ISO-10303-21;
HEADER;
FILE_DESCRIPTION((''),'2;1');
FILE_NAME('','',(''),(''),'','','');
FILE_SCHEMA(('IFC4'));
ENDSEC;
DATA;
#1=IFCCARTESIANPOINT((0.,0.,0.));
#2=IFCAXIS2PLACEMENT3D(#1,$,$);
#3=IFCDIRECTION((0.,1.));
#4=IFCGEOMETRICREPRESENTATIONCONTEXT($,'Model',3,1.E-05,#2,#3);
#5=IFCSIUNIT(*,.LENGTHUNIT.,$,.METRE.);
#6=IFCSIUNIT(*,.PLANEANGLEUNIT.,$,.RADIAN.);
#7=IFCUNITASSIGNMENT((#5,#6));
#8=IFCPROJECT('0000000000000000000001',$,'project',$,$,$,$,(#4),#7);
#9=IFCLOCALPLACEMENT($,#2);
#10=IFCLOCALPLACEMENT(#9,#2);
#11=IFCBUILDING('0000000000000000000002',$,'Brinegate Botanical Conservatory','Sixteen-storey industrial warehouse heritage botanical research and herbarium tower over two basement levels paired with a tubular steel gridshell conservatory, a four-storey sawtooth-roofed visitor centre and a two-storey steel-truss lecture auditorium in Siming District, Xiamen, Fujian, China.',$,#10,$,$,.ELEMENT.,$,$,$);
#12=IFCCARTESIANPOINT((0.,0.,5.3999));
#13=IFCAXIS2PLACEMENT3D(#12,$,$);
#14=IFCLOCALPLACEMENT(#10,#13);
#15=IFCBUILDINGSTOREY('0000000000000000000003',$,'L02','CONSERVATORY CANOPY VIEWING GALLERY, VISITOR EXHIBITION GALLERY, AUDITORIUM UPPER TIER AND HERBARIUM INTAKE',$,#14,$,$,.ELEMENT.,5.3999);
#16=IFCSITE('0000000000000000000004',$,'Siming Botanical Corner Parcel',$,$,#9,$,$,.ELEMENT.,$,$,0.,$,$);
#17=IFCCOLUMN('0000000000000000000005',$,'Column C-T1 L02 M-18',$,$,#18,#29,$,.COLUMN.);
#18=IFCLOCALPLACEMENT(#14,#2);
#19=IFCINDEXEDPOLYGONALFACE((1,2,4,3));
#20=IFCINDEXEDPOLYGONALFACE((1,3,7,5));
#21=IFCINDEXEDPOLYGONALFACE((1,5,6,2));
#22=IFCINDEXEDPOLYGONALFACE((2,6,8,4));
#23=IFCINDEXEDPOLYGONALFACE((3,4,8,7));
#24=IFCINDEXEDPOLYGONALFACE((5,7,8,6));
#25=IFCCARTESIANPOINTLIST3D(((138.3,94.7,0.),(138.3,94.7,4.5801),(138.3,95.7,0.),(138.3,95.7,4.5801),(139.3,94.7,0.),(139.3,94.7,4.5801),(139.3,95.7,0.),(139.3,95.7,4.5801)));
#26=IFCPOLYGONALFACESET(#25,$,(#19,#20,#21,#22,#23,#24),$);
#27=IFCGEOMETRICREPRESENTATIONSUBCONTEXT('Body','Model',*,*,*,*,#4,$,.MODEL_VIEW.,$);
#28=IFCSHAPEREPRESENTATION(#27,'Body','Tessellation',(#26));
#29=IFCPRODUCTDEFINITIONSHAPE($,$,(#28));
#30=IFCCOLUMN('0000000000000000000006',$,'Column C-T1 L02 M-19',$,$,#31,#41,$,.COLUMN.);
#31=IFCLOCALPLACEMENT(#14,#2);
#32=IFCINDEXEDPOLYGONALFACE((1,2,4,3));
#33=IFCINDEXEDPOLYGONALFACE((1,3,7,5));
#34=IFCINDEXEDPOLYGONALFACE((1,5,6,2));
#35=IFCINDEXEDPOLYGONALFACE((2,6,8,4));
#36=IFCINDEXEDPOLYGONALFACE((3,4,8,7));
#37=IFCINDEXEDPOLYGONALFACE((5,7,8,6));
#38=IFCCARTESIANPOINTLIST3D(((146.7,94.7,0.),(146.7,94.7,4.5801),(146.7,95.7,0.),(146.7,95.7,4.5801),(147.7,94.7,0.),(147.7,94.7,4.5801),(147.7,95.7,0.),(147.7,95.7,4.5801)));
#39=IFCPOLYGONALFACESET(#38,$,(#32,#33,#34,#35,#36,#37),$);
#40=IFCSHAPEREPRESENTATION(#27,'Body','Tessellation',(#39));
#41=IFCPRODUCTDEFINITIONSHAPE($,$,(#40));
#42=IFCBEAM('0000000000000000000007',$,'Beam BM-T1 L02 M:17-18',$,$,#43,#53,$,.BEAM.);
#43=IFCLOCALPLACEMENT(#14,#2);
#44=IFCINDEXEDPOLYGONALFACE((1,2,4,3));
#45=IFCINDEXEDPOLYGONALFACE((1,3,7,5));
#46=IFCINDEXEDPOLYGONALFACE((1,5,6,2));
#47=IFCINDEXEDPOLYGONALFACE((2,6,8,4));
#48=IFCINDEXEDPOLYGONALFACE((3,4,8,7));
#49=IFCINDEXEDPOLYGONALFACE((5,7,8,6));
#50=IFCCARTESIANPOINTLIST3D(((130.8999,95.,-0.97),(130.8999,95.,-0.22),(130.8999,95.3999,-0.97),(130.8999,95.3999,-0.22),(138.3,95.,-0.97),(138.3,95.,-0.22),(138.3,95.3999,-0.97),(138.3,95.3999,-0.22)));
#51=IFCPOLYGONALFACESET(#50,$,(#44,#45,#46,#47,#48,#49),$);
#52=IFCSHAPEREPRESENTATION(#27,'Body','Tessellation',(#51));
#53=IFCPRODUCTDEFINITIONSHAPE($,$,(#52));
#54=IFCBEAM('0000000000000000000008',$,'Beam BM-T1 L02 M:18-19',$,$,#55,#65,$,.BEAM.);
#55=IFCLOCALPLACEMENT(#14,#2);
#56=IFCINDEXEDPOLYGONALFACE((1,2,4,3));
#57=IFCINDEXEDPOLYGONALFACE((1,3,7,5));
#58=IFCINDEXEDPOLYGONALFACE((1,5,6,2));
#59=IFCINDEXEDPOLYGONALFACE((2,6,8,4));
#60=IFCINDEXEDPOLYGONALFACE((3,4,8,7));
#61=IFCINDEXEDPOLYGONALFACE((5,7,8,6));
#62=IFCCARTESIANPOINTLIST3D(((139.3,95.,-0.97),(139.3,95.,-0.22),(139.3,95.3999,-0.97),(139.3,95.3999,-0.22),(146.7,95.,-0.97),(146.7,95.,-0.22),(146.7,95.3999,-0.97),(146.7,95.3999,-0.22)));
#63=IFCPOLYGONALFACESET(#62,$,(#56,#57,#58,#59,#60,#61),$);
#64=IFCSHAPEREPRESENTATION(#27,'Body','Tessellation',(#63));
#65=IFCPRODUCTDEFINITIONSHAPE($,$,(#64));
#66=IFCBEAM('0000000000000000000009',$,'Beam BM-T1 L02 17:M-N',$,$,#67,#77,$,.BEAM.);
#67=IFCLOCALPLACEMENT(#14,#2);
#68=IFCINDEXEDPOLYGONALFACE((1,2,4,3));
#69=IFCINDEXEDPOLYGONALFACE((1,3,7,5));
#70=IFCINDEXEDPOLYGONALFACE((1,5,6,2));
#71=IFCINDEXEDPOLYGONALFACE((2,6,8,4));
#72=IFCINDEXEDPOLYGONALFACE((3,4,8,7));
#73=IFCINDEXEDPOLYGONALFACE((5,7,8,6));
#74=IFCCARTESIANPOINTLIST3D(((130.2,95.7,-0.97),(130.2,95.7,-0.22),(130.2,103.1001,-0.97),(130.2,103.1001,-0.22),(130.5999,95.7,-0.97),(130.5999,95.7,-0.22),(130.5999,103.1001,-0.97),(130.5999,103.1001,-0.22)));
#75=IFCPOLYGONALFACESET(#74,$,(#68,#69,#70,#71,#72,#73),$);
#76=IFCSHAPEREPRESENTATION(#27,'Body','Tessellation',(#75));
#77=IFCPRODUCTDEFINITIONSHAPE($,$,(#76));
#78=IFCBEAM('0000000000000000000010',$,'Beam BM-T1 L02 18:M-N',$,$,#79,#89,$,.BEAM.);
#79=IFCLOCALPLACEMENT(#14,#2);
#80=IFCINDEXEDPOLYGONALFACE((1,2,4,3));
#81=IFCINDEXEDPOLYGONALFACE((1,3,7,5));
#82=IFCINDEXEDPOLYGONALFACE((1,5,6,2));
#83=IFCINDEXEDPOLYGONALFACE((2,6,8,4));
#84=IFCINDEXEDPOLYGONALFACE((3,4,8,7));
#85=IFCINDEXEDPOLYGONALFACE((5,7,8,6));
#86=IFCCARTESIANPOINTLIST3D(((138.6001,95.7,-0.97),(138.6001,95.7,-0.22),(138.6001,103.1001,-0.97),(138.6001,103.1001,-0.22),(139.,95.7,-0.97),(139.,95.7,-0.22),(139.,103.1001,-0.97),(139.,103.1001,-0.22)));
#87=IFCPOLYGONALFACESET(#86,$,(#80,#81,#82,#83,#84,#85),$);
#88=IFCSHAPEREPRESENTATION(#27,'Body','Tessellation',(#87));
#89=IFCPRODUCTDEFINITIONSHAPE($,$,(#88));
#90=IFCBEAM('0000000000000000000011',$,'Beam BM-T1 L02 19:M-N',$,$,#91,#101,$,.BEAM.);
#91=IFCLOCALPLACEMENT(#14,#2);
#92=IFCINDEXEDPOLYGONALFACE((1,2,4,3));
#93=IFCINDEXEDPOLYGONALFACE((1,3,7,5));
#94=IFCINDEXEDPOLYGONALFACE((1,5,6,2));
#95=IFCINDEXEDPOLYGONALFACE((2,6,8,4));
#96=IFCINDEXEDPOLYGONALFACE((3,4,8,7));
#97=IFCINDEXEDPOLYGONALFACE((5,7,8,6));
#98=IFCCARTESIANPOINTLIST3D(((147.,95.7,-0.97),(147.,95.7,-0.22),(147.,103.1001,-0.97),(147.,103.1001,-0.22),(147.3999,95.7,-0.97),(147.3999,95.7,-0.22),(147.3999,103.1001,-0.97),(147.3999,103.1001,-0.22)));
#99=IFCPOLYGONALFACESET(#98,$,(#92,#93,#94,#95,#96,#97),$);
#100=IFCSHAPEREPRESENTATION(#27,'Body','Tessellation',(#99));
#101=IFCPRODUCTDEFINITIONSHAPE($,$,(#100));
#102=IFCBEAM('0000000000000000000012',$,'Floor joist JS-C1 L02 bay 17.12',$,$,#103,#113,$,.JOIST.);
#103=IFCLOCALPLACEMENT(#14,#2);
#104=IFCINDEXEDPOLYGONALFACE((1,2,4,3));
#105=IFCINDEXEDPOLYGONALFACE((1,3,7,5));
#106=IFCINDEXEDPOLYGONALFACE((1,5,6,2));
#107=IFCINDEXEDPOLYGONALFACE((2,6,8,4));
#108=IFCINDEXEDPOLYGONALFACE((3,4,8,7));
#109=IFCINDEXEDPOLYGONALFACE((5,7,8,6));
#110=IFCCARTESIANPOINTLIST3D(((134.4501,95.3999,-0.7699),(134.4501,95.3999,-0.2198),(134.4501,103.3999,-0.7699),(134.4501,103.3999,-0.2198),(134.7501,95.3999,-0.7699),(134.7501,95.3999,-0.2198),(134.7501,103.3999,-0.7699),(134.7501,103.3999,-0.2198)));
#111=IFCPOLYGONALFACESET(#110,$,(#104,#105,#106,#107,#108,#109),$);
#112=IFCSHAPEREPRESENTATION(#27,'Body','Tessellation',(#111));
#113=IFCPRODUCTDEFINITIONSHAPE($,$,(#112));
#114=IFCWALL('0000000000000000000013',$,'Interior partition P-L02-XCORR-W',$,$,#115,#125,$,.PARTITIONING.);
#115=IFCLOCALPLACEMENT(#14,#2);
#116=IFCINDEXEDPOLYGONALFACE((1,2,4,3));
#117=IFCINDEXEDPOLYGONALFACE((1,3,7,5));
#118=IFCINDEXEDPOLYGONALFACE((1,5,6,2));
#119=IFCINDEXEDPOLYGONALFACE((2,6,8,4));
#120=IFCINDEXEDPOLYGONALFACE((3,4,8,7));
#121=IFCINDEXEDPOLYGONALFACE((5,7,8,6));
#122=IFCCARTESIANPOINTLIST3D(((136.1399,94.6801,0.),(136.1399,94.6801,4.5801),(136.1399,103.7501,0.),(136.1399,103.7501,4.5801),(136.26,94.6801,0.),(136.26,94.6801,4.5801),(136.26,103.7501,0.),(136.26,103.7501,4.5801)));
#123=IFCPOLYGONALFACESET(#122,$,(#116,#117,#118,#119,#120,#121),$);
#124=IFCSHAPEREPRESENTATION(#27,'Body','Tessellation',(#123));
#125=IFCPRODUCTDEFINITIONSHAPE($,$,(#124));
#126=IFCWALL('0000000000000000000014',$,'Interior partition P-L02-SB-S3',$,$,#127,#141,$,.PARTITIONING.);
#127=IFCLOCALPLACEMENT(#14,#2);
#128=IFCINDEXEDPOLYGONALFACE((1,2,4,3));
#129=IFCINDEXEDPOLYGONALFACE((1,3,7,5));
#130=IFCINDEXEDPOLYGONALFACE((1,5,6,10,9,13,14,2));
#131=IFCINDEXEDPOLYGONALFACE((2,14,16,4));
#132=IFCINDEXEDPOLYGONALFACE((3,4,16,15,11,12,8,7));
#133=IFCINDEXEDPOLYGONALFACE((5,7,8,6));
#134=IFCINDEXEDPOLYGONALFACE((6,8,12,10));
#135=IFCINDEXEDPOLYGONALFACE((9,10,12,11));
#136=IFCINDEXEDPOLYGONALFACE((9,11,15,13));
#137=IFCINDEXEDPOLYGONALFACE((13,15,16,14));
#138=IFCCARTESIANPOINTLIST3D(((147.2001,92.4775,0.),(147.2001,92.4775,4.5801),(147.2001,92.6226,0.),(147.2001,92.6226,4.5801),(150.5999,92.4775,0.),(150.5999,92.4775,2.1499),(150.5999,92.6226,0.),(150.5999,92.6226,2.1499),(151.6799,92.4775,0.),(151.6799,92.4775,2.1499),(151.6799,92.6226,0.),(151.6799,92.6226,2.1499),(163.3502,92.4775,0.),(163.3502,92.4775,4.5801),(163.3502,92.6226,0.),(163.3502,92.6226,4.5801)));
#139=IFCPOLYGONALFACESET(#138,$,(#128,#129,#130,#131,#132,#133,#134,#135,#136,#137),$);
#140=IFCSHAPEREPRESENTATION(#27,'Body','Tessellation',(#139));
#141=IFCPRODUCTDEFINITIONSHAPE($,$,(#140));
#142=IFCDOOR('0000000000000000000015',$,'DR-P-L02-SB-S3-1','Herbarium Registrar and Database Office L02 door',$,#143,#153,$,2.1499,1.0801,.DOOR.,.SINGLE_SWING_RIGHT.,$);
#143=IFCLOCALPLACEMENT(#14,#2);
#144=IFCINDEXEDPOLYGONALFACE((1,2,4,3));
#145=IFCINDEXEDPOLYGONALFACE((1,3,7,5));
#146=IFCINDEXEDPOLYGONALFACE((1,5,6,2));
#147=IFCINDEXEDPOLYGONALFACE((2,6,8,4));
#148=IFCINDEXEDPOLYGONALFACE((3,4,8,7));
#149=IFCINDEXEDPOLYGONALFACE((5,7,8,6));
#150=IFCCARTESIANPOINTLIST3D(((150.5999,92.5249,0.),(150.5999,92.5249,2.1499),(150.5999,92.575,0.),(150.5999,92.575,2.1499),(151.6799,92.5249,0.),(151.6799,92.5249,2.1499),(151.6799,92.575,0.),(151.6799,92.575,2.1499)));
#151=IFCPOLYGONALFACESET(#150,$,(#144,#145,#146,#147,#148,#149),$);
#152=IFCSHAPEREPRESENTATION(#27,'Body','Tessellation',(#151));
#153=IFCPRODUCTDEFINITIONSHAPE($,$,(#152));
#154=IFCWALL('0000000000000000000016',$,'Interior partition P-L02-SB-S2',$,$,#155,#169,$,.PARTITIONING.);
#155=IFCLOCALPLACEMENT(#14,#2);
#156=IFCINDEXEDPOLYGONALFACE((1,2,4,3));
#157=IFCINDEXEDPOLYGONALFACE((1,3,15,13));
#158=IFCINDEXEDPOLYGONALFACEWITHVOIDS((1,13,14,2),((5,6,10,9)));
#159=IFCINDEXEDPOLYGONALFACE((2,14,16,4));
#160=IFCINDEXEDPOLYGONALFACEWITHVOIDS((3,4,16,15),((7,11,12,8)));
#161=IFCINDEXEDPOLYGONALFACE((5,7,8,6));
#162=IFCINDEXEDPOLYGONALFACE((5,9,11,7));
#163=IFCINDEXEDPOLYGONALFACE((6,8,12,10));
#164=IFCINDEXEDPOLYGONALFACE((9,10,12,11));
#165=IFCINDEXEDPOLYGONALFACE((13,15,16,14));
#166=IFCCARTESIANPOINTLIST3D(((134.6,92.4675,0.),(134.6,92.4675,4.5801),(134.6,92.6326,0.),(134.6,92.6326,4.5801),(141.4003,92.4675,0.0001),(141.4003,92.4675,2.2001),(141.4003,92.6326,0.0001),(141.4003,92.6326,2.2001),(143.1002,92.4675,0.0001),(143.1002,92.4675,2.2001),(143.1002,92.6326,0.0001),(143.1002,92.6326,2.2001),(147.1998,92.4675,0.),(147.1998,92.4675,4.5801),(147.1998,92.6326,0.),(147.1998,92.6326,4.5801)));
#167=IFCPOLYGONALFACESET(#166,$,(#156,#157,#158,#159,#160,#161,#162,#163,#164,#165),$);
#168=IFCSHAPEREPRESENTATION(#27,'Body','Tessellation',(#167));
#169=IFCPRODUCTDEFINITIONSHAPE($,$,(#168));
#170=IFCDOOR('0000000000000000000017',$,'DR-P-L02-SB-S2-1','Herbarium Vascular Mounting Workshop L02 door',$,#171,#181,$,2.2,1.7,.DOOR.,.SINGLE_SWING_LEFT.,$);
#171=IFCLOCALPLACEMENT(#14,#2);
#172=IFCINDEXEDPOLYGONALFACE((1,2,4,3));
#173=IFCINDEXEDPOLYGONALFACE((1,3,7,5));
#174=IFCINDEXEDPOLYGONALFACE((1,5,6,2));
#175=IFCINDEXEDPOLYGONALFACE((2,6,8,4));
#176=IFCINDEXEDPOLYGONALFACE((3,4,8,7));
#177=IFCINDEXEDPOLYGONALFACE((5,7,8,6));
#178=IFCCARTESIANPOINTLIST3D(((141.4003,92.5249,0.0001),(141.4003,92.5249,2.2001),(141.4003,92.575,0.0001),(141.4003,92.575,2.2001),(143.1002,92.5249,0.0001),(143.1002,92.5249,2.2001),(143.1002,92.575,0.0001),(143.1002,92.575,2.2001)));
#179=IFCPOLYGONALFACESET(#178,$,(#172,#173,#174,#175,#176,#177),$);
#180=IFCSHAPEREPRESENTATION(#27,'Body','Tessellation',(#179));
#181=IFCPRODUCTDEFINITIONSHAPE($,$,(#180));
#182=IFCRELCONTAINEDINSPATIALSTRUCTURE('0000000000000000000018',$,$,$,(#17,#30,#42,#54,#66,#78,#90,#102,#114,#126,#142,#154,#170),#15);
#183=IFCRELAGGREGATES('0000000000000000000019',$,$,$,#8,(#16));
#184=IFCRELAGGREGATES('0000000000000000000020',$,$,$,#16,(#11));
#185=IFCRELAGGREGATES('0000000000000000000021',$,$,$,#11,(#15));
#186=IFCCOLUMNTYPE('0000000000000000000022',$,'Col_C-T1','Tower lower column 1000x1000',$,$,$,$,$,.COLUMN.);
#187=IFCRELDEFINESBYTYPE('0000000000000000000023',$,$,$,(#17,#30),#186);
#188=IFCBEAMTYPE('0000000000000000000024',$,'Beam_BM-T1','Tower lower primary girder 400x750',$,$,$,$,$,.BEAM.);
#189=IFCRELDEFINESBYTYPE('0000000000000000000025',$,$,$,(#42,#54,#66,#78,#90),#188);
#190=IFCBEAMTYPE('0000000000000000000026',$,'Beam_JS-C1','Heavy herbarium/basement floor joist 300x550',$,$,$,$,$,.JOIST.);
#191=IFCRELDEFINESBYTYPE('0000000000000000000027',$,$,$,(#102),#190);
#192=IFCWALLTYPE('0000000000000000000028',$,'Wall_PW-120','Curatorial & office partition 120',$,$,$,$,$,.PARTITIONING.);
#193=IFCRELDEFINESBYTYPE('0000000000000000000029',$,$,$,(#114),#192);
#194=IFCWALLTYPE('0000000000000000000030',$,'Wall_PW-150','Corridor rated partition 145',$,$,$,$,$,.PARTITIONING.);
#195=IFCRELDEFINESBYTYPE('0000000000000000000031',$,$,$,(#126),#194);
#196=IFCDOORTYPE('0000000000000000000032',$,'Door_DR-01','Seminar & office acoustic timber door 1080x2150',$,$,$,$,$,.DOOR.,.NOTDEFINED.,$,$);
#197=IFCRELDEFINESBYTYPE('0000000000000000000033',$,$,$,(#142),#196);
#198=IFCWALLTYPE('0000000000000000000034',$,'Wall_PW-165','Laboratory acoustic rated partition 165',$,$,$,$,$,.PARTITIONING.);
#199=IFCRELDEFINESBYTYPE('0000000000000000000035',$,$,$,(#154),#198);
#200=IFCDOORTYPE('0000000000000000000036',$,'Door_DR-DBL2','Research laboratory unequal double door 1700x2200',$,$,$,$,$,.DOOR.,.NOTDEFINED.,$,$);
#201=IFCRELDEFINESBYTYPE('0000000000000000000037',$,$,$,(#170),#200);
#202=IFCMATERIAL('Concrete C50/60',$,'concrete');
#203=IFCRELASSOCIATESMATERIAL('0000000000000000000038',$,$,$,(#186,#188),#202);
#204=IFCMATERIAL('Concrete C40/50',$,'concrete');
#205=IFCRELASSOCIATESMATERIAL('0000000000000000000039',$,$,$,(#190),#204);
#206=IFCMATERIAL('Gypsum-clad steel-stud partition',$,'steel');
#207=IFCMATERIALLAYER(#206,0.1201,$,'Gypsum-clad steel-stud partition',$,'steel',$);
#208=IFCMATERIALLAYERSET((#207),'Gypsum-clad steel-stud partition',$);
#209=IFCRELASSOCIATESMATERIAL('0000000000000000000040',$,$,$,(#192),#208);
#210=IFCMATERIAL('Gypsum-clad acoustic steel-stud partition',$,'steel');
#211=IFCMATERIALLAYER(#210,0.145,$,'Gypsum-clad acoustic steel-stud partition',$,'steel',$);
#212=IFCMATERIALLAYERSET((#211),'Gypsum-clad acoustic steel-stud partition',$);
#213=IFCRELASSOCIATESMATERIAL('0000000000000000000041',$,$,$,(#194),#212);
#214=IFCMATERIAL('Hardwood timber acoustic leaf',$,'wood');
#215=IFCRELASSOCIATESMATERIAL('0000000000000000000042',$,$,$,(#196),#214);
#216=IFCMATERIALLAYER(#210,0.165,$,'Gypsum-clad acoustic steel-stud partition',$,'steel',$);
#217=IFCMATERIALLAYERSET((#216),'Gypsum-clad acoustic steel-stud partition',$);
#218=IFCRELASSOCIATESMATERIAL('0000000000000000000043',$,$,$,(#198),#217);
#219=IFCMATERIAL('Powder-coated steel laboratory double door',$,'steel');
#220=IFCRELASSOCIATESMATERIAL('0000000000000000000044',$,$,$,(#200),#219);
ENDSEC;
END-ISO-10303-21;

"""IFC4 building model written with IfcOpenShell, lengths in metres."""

from ifc_helpers import new_model, si_unit, direction, frame, frame_2d, origin, origin_2d, place, context, subcontext, project, spatial, rectangle, extrude, material, layer, layer_set, material_profile, profile_set, type_object, element, fill, save


model = new_model("IFC4")

# Units and contexts
model_context = context("Model", 3, precision=1e-05, world=origin(), true_north=direction((0.0, 1.0)))
body_context = subcontext(model_context, "Body", "Model", "MODEL_VIEW")
ifc_project = project(units=[si_unit("LENGTHUNIT", "METRE"), si_unit("PLANEANGLEUNIT", "RADIAN")], contexts=[model_context])

# Site, building, storey
site_placement = place(None, origin())
site = spatial("IfcSite", under=ifc_project, at=site_placement, Name="Siming Botanical Corner Parcel", CompositionType="ELEMENT", RefElevation=0.0)
building_placement = place(site_placement, origin())
building = spatial("IfcBuilding", under=site, at=building_placement, Name="Brinegate Botanical Conservatory", Description="Sixteen-storey industrial warehouse heritage botanical research and herbarium tower over two basement levels paired with a tubular steel gridshell conservatory, a four-storey sawtooth-roofed visitor centre and a two-storey steel-truss lecture auditorium in Siming District, Xiamen, Fujian, China.", CompositionType="ELEMENT")
storey_placement = place(building_placement, frame((0.0, 0.0, 5.3999)))
storey = spatial("IfcBuildingStorey", under=building, at=storey_placement, Name="L02", Description="CONSERVATORY CANOPY VIEWING GALLERY, VISITOR EXHIBITION GALLERY, AUDITORIUM UPPER TIER AND HERBARIUM INTAKE", CompositionType="ELEMENT", Elevation=5.3999)

# Columns
ifc_material_1 = material(Name="Concrete C50/60", Category="concrete")
ifc_material_profile_1 = material_profile(ifc_material_1, rectangle(XDim=1.0, YDim=1.0, at=origin_2d()), Name="RC COL 1000x1000")
ifc_profile_set_1 = profile_set([ifc_material_profile_1], Name="Concrete C50/60")
column_type = type_object("IfcColumnType", Name="Col_C-T1", Description="Tower lower column 1000x1000", PredefinedType="COLUMN", material=ifc_profile_set_1)
for number, where, z_axis, x_axis, name in (
    (1, (138.8, 95.2, 0.0), (0.0, 0.0, 1.0), (1.0, 0.0, 0.0), "Column C-T1 L02 M-18"),
    (2, (147.2, 95.2, 0.0), (0.0, 0.0, 1.0), (1.0, 0.0, 0.0), "Column C-T1 L02 M-19"),
):
    element("IfcColumn", number, at=place(storey_placement, frame(where, z_axis=z_axis, x_axis=x_axis)), inside=storey, type_object=column_type, Name=name, PredefinedType="COLUMN", context=body_context, shape_type="SweptSolid", body=[
        extrude(rectangle(XDim=1.0, YDim=1.0, at=origin_2d()), origin(), (0.0, 0.0, 1.0), 4.5801),
    ])

# Beams
ifc_material_profile_2 = material_profile(ifc_material_1, rectangle(XDim=0.3999, YDim=0.75, at=origin_2d()), Name="RC BM 400x750")
ifc_profile_set_2 = profile_set([ifc_material_profile_2], Name="Concrete C50/60")
beam_type_1 = type_object("IfcBeamType", Name="Beam_BM-T1", Description="Tower lower primary girder 400x750", PredefinedType="BEAM", material=ifc_profile_set_2)
beam_1_placement = place(storey_placement, frame((130.8999, 95.2, -0.595), z_axis=(1.0, 0.0, 0.0), x_axis=(0.0, 1.0, 0.0)))
element("IfcBeam", 3, at=beam_1_placement, inside=storey, type_object=beam_type_1, Name="Beam BM-T1 L02 M:17-18", PredefinedType="BEAM", context=body_context, shape_type="SweptSolid", body=[
    extrude(rectangle(XDim=0.3999, YDim=0.75, at=origin_2d()), origin(), (0.0, 0.0, 1.0), 7.4001),
])
beam_2_placement = place(storey_placement, frame((139.3, 95.2, -0.595), z_axis=(1.0, 0.0, 0.0), x_axis=(0.0, 1.0, 0.0)))
element("IfcBeam", 4, at=beam_2_placement, inside=storey, type_object=beam_type_1, Name="Beam BM-T1 L02 M:18-19", PredefinedType="BEAM", context=body_context, shape_type="SweptSolid", body=[
    extrude(rectangle(XDim=0.3999, YDim=0.75, at=origin_2d()), origin(), (0.0, 0.0, 1.0), 7.3999),
])
for number, where, z_axis, x_axis, name in (
    (5, (130.3999, 95.7, -0.595), (0.0, 1.0, 0.0), (-1.0, 0.0, 0.0), "Beam BM-T1 L02 17:M-N"),
    (6, (138.8, 95.7, -0.595), (0.0, 1.0, 0.0), (-1.0, 0.0, 0.0), "Beam BM-T1 L02 18:M-N"),
    (7, (147.2, 95.7, -0.595), (0.0, 1.0, 0.0), (-1.0, 0.0, 0.0), "Beam BM-T1 L02 19:M-N"),
):
    element("IfcBeam", number, at=place(storey_placement, frame(where, z_axis=z_axis, x_axis=x_axis)), inside=storey, type_object=beam_type_1, Name=name, PredefinedType="BEAM", context=body_context, shape_type="SweptSolid", body=[
        extrude(rectangle(XDim=0.3999, YDim=0.75, at=origin_2d()), origin(), (0.0, 0.0, 1.0), 7.4001),
    ])
ifc_material_2 = material(Name="Concrete C40/50", Category="concrete")
ifc_material_profile_3 = material_profile(ifc_material_2, rectangle(XDim=0.3, YDim=0.55, at=origin_2d()), Name="RC JST 300x550")
ifc_profile_set_3 = profile_set([ifc_material_profile_3], Name="Concrete C40/50")
beam_type_2 = type_object("IfcBeamType", Name="Beam_JS-C1", Description="Heavy herbarium/basement floor joist 300x550", PredefinedType="JOIST", material=ifc_profile_set_3)
beam_3_placement = place(storey_placement, frame((134.6001, 95.3999, -0.4949), z_axis=(0.0, 1.0, 0.0), x_axis=(-1.0, 0.0, 0.0)))
element("IfcBeam", 8, at=beam_3_placement, inside=storey, type_object=beam_type_2, Name="Floor joist JS-C1 L02 bay 17.12", PredefinedType="JOIST", context=body_context, shape_type="SweptSolid", body=[
    extrude(rectangle(XDim=0.3, YDim=0.55, at=origin_2d()), origin(), (0.0, 0.0, 1.0), 8.0),
])

# Wall
ifc_material_3 = material(Name="Gypsum-clad steel-stud partition", Category="steel")
ifc_layer_1 = layer(ifc_material_3, 0.1201, Name="Gypsum-clad steel-stud partition", Category="steel")
ifc_layer_set_1 = layer_set([ifc_layer_1], Name="Gypsum-clad steel-stud partition")
wall_type_1 = type_object("IfcWallType", Name="Wall_PW-120", Description="Curatorial & office partition 120", PredefinedType="PARTITIONING", material=ifc_layer_set_1)
wall_1_placement = place(storey_placement, frame((136.2, 94.6799, 0.0), z_axis=(0.0, 0.0, 1.0), x_axis=(0.0, 1.0, 0.0)))
element("IfcWall", 9, at=wall_1_placement, inside=storey, type_object=wall_type_1, Name="Interior partition P-L02-XCORR-W", PredefinedType="PARTITIONING", context=body_context, shape_type="SweptSolid", body=[
    extrude(rectangle(XDim=9.0701, YDim=0.1201, at=frame_2d((4.5352, 0.0))), origin(), (0.0, 0.0, 1.0), 4.5801),
])

# Walls, openings, doors
ifc_material_4 = material(Name="Gypsum-clad acoustic steel-stud partition", Category="steel")
ifc_layer_2 = layer(ifc_material_4, 0.145, Name="Gypsum-clad acoustic steel-stud partition", Category="steel")
ifc_layer_set_2 = layer_set([ifc_layer_2], Name="Gypsum-clad acoustic steel-stud partition")
wall_type_2 = type_object("IfcWallType", Name="Wall_PW-150", Description="Corridor rated partition 145", PredefinedType="PARTITIONING", material=ifc_layer_set_2)
wall_2_placement = place(storey_placement, frame((147.2, 92.55, 0.0), z_axis=(0.0, 0.0, 1.0), x_axis=(1.0, 0.0, 0.0)))
wall_2 = element("IfcWall", 10, at=wall_2_placement, inside=storey, type_object=wall_type_2, Name="Interior partition P-L02-SB-S3", PredefinedType="PARTITIONING", context=body_context, shape_type="SweptSolid", body=[
    extrude(rectangle(XDim=16.1501, YDim=0.145, at=frame_2d((8.0752, 0.0))), origin(), (0.0, 0.0, 1.0), 4.5801),
])
opening_1_placement = place(wall_2_placement, frame((3.3999, 0.0, 0.0)))
opening_1 = element("IfcOpeningElement", 11, at=opening_1_placement, cuts=wall_2, PredefinedType="OPENING", context=body_context, shape_type="SweptSolid", body=[
    extrude(rectangle(XDim=1.0801, YDim=2.1499, at=frame_2d((0.54, 1.075))), frame((0.0, 0.0825, 0.0), z_axis=(0.0, -1.0, 0.0), x_axis=(1.0, 0.0, 0.0)), (0.0, 0.0, 1.0), 0.165),
])
ifc_material_5 = material(Name="Hardwood timber acoustic leaf", Category="wood")
door_type_1 = type_object("IfcDoorType", Name="Door_DR-01", Description="Seminar & office acoustic timber door 1080x2150", OperationType="NOTDEFINED", PredefinedType="DOOR", material=ifc_material_5)
door_1_placement = place(opening_1_placement, origin())
door_1 = element("IfcDoor", 12, at=door_1_placement, inside=storey, type_object=door_type_1, Name="DR-P-L02-SB-S3-1", Description="Herbarium Registrar and Database Office L02 door", OperationType="SINGLE_SWING_RIGHT", OverallHeight=2.1499, OverallWidth=1.0801, PredefinedType="DOOR", context=body_context, shape_type="SweptSolid", body=[
    extrude(rectangle(XDim=1.0801, YDim=2.1499, at=frame_2d((0.54, 1.075))), frame((0.0, 0.0249, 0.0), z_axis=(0.0, -1.0, 0.0), x_axis=(1.0, 0.0, 0.0)), (0.0, 0.0, 1.0), 0.05),
])
fill(opening_1, door_1)
ifc_layer_3 = layer(ifc_material_4, 0.165, Name="Gypsum-clad acoustic steel-stud partition", Category="steel")
ifc_layer_set_3 = layer_set([ifc_layer_3], Name="Gypsum-clad acoustic steel-stud partition")
wall_type_3 = type_object("IfcWallType", Name="Wall_PW-165", Description="Laboratory acoustic rated partition 165", PredefinedType="PARTITIONING", material=ifc_layer_set_3)
wall_3_placement = place(storey_placement, frame((134.6001, 92.55, 0.0), z_axis=(0.0, 0.0, 1.0), x_axis=(1.0, 0.0, 0.0)))
wall_3 = element("IfcWall", 13, at=wall_3_placement, inside=storey, type_object=wall_type_3, Name="Interior partition P-L02-SB-S2", PredefinedType="PARTITIONING", context=body_context, shape_type="SweptSolid", body=[
    extrude(rectangle(XDim=12.5999, YDim=0.165, at=frame_2d((6.2998, 0.0))), origin(), (0.0, 0.0, 1.0), 4.5801),
])
opening_2_placement = place(wall_3_placement, frame((6.8, 0.0, 0.0)))
opening_2 = element("IfcOpeningElement", 14, at=opening_2_placement, cuts=wall_3, PredefinedType="OPENING", context=body_context, shape_type="SweptSolid", body=[
    extrude(rectangle(XDim=1.7, YDim=2.2, at=frame_2d((0.8501, 1.1001))), frame((0.0, 0.0925, 0.0), z_axis=(0.0, -1.0, 0.0), x_axis=(1.0, 0.0, 0.0)), (0.0, 0.0, 1.0), 0.1851),
])
ifc_material_6 = material(Name="Powder-coated steel laboratory double door", Category="steel")
door_type_2 = type_object("IfcDoorType", Name="Door_DR-DBL2", Description="Research laboratory unequal double door 1700x2200", OperationType="NOTDEFINED", PredefinedType="DOOR", material=ifc_material_6)
door_2_placement = place(opening_2_placement, origin())
door_2 = element("IfcDoor", 15, at=door_2_placement, inside=storey, type_object=door_type_2, Name="DR-P-L02-SB-S2-1", Description="Herbarium Vascular Mounting Workshop L02 door", OperationType="SINGLE_SWING_LEFT", OverallHeight=2.2, OverallWidth=1.7, PredefinedType="DOOR", context=body_context, shape_type="SweptSolid", body=[
    extrude(rectangle(XDim=1.7, YDim=2.2, at=frame_2d((0.8501, 1.1001))), frame((0.0, 0.0249, 0.0), z_axis=(0.0, -1.0, 0.0), x_axis=(1.0, 0.0, 0.0)), (0.0, 0.0, 1.0), 0.05),
])
fill(opening_2, door_2)

save(model, "model.ifc")
